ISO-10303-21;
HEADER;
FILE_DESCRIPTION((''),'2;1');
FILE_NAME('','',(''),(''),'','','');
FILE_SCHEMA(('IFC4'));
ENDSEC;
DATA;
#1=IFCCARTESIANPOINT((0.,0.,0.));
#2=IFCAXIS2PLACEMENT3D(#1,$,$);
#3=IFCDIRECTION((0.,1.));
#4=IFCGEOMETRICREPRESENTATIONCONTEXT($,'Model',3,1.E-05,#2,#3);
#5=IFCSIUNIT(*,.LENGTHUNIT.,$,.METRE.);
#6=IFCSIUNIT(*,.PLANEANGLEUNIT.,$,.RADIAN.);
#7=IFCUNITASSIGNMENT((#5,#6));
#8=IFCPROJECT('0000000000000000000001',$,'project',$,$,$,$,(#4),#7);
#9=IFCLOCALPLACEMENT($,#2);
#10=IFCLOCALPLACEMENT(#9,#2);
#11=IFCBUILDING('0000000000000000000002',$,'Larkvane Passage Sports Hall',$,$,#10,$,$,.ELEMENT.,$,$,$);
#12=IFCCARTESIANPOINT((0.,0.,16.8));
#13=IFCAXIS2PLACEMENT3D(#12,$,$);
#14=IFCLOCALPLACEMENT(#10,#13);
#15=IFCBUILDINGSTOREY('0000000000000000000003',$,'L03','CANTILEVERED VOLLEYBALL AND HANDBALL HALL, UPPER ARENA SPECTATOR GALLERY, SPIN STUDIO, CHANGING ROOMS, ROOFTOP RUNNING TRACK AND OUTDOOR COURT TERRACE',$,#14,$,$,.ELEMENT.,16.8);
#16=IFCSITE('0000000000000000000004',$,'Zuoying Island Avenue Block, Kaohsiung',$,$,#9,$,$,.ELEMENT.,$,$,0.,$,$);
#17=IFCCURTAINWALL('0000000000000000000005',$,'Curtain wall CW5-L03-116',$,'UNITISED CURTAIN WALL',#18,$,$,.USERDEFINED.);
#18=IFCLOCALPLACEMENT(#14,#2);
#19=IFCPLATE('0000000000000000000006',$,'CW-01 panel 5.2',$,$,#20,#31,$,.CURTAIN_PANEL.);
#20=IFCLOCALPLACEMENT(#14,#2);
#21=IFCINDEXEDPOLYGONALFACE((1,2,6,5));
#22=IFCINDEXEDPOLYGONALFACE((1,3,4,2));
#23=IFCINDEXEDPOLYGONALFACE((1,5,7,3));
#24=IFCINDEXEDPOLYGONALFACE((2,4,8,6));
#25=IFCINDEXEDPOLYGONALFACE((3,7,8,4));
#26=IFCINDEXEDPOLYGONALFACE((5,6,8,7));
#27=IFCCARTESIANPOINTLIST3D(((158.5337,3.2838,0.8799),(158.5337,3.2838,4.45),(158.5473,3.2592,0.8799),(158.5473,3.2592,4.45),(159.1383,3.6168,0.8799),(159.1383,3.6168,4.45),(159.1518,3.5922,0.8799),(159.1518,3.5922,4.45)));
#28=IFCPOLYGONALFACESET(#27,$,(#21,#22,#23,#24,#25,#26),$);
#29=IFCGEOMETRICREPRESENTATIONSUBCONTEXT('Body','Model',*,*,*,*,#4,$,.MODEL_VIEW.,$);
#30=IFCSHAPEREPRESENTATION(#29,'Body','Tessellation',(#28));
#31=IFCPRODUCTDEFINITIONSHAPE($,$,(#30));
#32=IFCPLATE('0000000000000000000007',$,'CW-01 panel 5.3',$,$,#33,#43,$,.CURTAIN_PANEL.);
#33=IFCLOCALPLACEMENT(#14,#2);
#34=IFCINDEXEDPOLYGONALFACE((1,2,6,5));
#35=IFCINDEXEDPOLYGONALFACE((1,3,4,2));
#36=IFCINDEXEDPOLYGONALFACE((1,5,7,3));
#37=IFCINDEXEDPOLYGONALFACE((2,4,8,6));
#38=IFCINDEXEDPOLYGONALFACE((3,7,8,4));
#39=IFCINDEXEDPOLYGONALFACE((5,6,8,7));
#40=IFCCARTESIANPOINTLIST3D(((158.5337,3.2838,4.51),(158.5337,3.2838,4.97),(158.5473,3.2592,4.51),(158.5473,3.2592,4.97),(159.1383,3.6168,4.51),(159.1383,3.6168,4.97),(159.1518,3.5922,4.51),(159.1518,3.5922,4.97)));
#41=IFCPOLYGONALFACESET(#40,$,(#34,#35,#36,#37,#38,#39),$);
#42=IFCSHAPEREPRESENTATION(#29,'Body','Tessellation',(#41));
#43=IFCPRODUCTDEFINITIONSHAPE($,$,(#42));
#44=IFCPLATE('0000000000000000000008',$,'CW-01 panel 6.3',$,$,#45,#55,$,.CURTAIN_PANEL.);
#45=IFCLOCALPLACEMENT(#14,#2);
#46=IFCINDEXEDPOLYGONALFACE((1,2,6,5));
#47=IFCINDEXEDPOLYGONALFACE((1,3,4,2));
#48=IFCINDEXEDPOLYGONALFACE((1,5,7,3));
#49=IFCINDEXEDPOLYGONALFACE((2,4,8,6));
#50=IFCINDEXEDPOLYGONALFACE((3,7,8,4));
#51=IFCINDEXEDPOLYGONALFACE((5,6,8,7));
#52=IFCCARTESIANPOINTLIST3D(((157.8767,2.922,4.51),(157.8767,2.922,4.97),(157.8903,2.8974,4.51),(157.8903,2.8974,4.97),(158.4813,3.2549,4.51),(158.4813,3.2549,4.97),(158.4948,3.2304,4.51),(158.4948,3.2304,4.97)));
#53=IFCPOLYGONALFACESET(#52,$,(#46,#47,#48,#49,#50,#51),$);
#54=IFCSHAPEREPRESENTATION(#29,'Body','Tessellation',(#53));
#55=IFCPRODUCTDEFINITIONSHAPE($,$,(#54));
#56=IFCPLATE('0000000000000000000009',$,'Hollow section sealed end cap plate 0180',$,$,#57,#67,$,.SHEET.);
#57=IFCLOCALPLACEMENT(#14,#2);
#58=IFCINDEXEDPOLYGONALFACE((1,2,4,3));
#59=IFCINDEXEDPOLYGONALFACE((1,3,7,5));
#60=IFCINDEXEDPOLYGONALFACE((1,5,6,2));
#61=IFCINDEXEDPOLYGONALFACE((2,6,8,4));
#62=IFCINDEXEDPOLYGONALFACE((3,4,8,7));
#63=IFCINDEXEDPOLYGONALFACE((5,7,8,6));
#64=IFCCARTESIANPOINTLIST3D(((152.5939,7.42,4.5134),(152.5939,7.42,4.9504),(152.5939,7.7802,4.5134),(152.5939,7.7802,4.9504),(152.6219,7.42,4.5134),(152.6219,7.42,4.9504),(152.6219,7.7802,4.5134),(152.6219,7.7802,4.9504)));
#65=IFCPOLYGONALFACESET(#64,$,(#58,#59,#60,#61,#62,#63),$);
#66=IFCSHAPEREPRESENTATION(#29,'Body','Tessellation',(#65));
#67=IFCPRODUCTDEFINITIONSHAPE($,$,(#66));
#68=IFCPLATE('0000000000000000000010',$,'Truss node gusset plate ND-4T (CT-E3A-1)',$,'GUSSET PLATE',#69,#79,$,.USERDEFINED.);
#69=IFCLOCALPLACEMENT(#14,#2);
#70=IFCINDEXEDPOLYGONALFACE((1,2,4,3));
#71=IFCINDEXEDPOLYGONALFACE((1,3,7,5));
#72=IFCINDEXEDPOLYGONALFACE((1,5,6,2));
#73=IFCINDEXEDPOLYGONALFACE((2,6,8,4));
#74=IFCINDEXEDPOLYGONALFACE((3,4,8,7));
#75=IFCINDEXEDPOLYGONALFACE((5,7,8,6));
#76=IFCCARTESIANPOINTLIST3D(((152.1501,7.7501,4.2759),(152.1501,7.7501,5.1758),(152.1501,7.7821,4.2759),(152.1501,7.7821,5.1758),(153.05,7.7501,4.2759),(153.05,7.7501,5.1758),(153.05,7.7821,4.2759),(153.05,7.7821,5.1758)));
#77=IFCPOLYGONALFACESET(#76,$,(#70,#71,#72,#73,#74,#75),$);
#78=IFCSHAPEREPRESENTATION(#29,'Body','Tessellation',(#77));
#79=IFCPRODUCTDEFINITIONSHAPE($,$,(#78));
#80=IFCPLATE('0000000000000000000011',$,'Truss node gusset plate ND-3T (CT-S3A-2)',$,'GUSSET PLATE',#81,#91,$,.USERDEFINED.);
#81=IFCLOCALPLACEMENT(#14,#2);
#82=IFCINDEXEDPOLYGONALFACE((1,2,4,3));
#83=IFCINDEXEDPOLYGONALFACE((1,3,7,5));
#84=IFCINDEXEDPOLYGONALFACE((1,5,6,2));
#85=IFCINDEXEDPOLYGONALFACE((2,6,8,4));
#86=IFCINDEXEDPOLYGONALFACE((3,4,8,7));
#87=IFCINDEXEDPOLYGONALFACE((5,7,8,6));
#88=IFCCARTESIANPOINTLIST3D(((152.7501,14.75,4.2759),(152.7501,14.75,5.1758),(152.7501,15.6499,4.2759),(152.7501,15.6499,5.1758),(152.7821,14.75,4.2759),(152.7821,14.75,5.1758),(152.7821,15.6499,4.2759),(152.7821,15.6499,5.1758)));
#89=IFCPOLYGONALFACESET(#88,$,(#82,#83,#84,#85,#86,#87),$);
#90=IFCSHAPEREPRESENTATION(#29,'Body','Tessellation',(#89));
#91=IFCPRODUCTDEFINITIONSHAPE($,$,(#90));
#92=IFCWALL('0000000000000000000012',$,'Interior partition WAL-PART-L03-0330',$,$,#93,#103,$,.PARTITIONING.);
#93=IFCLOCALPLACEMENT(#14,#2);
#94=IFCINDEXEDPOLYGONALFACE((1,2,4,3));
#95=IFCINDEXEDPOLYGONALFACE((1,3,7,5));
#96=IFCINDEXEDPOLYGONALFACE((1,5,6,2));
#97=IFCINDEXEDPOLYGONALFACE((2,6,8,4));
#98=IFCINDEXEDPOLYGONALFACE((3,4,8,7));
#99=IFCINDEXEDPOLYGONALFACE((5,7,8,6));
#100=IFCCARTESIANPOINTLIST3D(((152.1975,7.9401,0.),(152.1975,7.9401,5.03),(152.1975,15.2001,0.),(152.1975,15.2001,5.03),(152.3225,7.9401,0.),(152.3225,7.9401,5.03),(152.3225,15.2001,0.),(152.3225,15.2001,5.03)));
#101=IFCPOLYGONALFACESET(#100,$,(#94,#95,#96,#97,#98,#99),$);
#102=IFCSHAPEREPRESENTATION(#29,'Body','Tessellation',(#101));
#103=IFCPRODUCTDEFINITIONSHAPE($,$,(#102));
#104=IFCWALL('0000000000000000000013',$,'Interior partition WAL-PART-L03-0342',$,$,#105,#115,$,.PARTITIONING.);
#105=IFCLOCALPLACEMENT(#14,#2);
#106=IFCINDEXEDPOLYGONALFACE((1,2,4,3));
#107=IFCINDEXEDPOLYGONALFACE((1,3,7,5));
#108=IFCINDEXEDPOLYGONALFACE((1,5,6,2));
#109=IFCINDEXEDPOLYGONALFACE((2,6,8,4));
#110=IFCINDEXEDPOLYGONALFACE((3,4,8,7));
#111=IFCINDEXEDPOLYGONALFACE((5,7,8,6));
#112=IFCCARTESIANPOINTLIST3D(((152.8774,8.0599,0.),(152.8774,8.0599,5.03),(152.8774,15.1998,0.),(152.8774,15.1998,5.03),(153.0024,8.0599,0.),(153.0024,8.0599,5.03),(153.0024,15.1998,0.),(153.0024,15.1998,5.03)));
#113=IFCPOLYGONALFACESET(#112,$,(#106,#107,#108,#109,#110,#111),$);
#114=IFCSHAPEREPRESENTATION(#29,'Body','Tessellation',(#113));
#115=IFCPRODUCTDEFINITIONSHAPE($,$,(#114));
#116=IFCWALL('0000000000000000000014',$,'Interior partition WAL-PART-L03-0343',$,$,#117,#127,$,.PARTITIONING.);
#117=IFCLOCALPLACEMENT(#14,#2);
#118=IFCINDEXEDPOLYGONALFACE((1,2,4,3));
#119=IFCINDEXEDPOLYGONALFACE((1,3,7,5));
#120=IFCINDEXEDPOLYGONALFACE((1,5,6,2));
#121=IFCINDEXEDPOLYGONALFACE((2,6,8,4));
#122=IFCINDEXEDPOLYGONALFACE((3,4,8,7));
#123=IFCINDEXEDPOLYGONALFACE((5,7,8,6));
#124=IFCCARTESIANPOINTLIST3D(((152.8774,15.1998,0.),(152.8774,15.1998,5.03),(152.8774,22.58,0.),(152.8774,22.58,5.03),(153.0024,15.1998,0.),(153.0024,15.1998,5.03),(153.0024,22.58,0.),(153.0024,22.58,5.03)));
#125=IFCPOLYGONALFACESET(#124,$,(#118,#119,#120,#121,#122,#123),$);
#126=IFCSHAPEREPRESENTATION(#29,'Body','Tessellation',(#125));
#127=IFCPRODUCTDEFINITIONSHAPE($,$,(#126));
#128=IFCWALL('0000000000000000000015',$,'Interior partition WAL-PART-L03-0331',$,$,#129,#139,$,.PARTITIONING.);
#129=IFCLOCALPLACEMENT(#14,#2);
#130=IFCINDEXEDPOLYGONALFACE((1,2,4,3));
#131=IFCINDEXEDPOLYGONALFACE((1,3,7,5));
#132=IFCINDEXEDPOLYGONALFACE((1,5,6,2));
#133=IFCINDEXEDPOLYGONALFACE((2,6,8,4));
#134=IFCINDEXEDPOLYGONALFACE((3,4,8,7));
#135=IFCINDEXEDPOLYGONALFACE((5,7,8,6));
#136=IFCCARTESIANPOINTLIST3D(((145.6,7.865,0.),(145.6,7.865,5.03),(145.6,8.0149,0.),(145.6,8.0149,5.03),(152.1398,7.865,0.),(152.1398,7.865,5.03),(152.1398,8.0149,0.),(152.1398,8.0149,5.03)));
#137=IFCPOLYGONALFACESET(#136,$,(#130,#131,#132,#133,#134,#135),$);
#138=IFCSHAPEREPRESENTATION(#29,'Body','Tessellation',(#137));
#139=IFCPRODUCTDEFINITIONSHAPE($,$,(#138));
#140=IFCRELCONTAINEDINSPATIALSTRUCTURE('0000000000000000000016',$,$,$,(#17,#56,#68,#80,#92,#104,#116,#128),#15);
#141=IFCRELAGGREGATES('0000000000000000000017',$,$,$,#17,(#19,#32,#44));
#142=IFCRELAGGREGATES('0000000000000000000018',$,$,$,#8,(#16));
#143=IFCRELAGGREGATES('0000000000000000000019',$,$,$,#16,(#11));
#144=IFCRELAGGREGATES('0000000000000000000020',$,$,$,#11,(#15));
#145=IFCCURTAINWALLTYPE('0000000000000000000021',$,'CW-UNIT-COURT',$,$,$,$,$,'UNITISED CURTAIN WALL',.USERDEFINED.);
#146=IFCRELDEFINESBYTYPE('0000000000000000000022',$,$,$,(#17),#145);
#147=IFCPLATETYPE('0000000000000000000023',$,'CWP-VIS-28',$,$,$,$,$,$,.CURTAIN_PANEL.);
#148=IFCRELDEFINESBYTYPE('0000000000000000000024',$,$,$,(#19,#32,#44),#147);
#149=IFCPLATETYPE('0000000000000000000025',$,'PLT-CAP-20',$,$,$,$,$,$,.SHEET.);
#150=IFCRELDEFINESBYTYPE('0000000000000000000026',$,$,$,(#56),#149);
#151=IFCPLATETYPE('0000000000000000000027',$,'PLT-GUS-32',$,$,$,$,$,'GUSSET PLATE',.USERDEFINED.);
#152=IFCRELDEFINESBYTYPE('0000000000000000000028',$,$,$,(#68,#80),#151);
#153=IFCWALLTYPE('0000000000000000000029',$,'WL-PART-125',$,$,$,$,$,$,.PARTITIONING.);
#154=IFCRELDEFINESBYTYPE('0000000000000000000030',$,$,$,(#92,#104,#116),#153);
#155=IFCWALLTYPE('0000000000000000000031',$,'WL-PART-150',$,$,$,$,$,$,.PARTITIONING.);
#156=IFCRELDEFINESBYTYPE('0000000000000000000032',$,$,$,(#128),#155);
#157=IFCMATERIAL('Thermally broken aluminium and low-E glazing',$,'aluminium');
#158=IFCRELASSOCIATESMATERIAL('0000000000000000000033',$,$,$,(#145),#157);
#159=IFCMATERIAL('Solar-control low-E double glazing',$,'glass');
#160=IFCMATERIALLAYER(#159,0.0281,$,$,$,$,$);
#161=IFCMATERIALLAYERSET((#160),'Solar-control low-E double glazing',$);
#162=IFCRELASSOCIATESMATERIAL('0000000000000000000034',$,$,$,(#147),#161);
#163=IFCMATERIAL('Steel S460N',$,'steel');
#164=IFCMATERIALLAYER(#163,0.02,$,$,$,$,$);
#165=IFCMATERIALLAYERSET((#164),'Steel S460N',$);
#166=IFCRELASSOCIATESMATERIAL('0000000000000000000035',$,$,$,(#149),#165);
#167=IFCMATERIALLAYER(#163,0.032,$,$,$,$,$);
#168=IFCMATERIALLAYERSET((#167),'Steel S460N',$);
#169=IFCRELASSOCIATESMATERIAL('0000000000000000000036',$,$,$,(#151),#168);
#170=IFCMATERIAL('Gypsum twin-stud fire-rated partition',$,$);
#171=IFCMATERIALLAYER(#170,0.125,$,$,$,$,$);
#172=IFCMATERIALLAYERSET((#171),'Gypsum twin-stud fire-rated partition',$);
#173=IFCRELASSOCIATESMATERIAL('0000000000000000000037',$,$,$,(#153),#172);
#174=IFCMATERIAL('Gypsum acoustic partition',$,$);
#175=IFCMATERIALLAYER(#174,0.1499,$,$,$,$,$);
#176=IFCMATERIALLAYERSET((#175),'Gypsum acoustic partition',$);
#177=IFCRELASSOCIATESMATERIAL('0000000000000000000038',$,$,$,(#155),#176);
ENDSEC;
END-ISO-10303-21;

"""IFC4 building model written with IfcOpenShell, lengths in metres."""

from ifc_helpers import new_model, si_unit, direction, frame, frame_2d, origin, origin_2d, place, context, subcontext, project, spatial, rectangle, extrude, material, layer, layer_set, type_object, element, aggregate, save


model = new_model("IFC4")

# Units and contexts
model_context = context("Model", 3, precision=1e-05, world=origin(), true_north=direction((0.0, 1.0)))
body_context = subcontext(model_context, "Body", "Model", "MODEL_VIEW")
ifc_project = project(units=[si_unit("LENGTHUNIT", "METRE"), si_unit("PLANEANGLEUNIT", "RADIAN")], contexts=[model_context])

# Site, building, storey
site_placement = place(None, origin())
site = spatial("IfcSite", under=ifc_project, at=site_placement, Name="Zuoying Island Avenue Block, Kaohsiung", CompositionType="ELEMENT", RefElevation=0.0)
building_placement = place(site_placement, origin())
building = spatial("IfcBuilding", under=site, at=building_placement, Name="Larkvane Passage Sports Hall", CompositionType="ELEMENT")
storey_placement = place(building_placement, frame((0.0, 0.0, 16.8)))
storey = spatial("IfcBuildingStorey", under=building, at=storey_placement, Name="L03", Description="CANTILEVERED VOLLEYBALL AND HANDBALL HALL, UPPER ARENA SPECTATOR GALLERY, SPIN STUDIO, CHANGING ROOMS, ROOFTOP RUNNING TRACK AND OUTDOOR COURT TERRACE", CompositionType="ELEMENT", Elevation=16.8)

# Shared definitions
ifc_material_1 = material(Name="Steel S460N", Category="steel")

# Curtain wall
ifc_material_2 = material(Name="Thermally broken aluminium and low-E glazing", Category="aluminium")
curtain_wall_type = type_object("IfcCurtainWallType", Name="CW-UNIT-COURT", ElementType="UNITISED CURTAIN WALL", PredefinedType="USERDEFINED", material=ifc_material_2)
curtain_wall_placement = place(storey_placement, origin())
curtain_wall = element("IfcCurtainWall", 1, at=curtain_wall_placement, inside=storey, type_object=curtain_wall_type, Name="Curtain wall CW5-L03-116", ObjectType="UNITISED CURTAIN WALL", PredefinedType="USERDEFINED")

# Plates
ifc_material_3 = material(Name="Solar-control low-E double glazing", Category="glass")
ifc_layer_1 = layer(ifc_material_3, 0.0281)
ifc_layer_set_1 = layer_set([ifc_layer_1], Name="Solar-control low-E double glazing")
plate_type_1 = type_object("IfcPlateType", Name="CWP-VIS-28", PredefinedType="CURTAIN_PANEL", material=ifc_layer_set_1)
plate_1_placement = place(storey_placement, frame((158.8428, 3.438, 0.8799), z_axis=(0.0, 0.0, 1.0), x_axis=(-0.875942, -0.482416, 0.0)))
plate_1 = element("IfcPlate", 2, at=plate_1_placement, type_object=plate_type_1, Name="CW-01 panel 5.2", PredefinedType="CURTAIN_PANEL", context=body_context, shape_type="SweptSolid", body=[
    extrude(rectangle(XDim=0.6902, YDim=0.0281, at=origin_2d()), origin(), (0.0, 0.0, 1.0), 3.5701),
])
plate_2_placement = place(storey_placement, frame((158.8428, 3.438, 4.51), z_axis=(0.0, 0.0, 1.0), x_axis=(-0.875942, -0.482416, 0.0)))
plate_2 = element("IfcPlate", 3, at=plate_2_placement, type_object=plate_type_1, Name="CW-01 panel 5.3", PredefinedType="CURTAIN_PANEL", context=body_context, shape_type="SweptSolid", body=[
    extrude(rectangle(XDim=0.6902, YDim=0.0281, at=origin_2d()), origin(), (0.0, 0.0, 1.0), 0.46),
])
plate_3_placement = place(storey_placement, frame((158.1858, 3.0762, 4.51), z_axis=(0.0, 0.0, 1.0), x_axis=(-0.875942, -0.482416, 0.0)))
plate_3 = element("IfcPlate", 4, at=plate_3_placement, type_object=plate_type_1, Name="CW-01 panel 6.3", PredefinedType="CURTAIN_PANEL", context=body_context, shape_type="SweptSolid", body=[
    extrude(rectangle(XDim=0.6902, YDim=0.0281, at=origin_2d()), origin(), (0.0, 0.0, 1.0), 0.46),
])
aggregate(curtain_wall, [plate_1, plate_2, plate_3])

# Plates
ifc_layer_2 = layer(ifc_material_1, 0.02)
ifc_layer_set_2 = layer_set([ifc_layer_2], Name="Steel S460N")
plate_type_2 = type_object("IfcPlateType", Name="PLT-CAP-20", PredefinedType="SHEET", material=ifc_layer_set_2)
plate_4_placement = place(storey_placement, frame((152.6079, 7.6001, 4.5134), z_axis=(0.0, 0.0, 1.0), x_axis=(0.0, 1.0, 0.0)))
element("IfcPlate", 5, at=plate_4_placement, inside=storey, type_object=plate_type_2, Name="Hollow section sealed end cap plate 0180", PredefinedType="SHEET", context=body_context, shape_type="SweptSolid", body=[
    extrude(rectangle(XDim=0.3601, YDim=0.0281, at=origin_2d()), origin(), (0.0, 0.0, 1.0), 0.437),
])
ifc_layer_3 = layer(ifc_material_1, 0.032)
ifc_layer_set_3 = layer_set([ifc_layer_3], Name="Steel S460N")
plate_type_3 = type_object("IfcPlateType", Name="PLT-GUS-32", ElementType="GUSSET PLATE", PredefinedType="USERDEFINED", material=ifc_layer_set_3)
for number, where, z_axis, x_axis, name in (
    (6, (152.6001, 7.7661, 4.2759), (0.0, 0.0, 1.0), (1.0, 0.0, 0.0), "Truss node gusset plate ND-4T (CT-E3A-1)"),
    (7, (152.7661, 15.2, 4.2759), (0.0, 0.0, 1.0), (0.0, 1.0, 0.0), "Truss node gusset plate ND-3T (CT-S3A-2)"),
):
    element("IfcPlate", number, at=place(storey_placement, frame(where, z_axis=z_axis, x_axis=x_axis)), inside=storey, type_object=plate_type_3, Name=name, ObjectType="GUSSET PLATE", PredefinedType="USERDEFINED", context=body_context, shape_type="SweptSolid", body=[
        extrude(rectangle(XDim=0.8999, YDim=0.032, at=origin_2d()), origin(), (0.0, 0.0, 1.0), 0.8999),
    ])

# Walls
ifc_material_4 = material(Name="Gypsum twin-stud fire-rated partition")
ifc_layer_4 = layer(ifc_material_4, 0.125)
ifc_layer_set_4 = layer_set([ifc_layer_4], Name="Gypsum twin-stud fire-rated partition")
wall_type_1 = type_object("IfcWallType", Name="WL-PART-125", PredefinedType="PARTITIONING", material=ifc_layer_set_4)
wall_1_placement = place(storey_placement, frame((152.26, 15.2, 0.0), z_axis=(0.0, 0.0, 1.0), x_axis=(0.0, -1.0, 0.0)))
element("IfcWall", 8, at=wall_1_placement, inside=storey, type_object=wall_type_1, Name="Interior partition WAL-PART-L03-0330", PredefinedType="PARTITIONING", context=body_context, shape_type="SweptSolid", body=[
    extrude(rectangle(XDim=7.26, YDim=0.125, at=frame_2d((3.6299, 0.0))), origin(), (0.0, 0.0, 1.0), 5.03),
])
wall_2_placement = place(storey_placement, frame((152.9399, 8.0601, 0.0), z_axis=(0.0, 0.0, 1.0), x_axis=(0.0, 1.0, 0.0)))
element("IfcWall", 9, at=wall_2_placement, inside=storey, type_object=wall_type_1, Name="Interior partition WAL-PART-L03-0342", PredefinedType="PARTITIONING", context=body_context, shape_type="SweptSolid", body=[
    extrude(rectangle(XDim=7.1399, YDim=0.125, at=frame_2d((3.5698, 0.0))), origin(), (0.0, 0.0, 1.0), 5.03),
])
wall_3_placement = place(storey_placement, frame((152.9399, 15.2, 0.0), z_axis=(0.0, 0.0, 1.0), x_axis=(0.0, 1.0, 0.0)))
element("IfcWall", 10, at=wall_3_placement, inside=storey, type_object=wall_type_1, Name="Interior partition WAL-PART-L03-0343", PredefinedType="PARTITIONING", context=body_context, shape_type="SweptSolid", body=[
    extrude(rectangle(XDim=7.3801, YDim=0.125, at=frame_2d((3.6899, 0.0))), origin(), (0.0, 0.0, 1.0), 5.03),
])
ifc_material_5 = material(Name="Gypsum acoustic partition")
ifc_layer_5 = layer(ifc_material_5, 0.1499)
ifc_layer_set_5 = layer_set([ifc_layer_5], Name="Gypsum acoustic partition")
wall_type_2 = type_object("IfcWallType", Name="WL-PART-150", PredefinedType="PARTITIONING", material=ifc_layer_set_5)
wall_4_placement = place(storey_placement, frame((152.1399, 7.9399, 0.0), z_axis=(0.0, 0.0, 1.0), x_axis=(-1.0, 0.0, 0.0)))
element("IfcWall", 11, at=wall_4_placement, inside=storey, type_object=wall_type_2, Name="Interior partition WAL-PART-L03-0331", PredefinedType="PARTITIONING", context=body_context, shape_type="SweptSolid", body=[
    extrude(rectangle(XDim=6.5398, YDim=0.1499, at=frame_2d((3.27, 0.0))), origin(), (0.0, 0.0, 1.0), 5.03),
])

save(model, "model.ifc")
